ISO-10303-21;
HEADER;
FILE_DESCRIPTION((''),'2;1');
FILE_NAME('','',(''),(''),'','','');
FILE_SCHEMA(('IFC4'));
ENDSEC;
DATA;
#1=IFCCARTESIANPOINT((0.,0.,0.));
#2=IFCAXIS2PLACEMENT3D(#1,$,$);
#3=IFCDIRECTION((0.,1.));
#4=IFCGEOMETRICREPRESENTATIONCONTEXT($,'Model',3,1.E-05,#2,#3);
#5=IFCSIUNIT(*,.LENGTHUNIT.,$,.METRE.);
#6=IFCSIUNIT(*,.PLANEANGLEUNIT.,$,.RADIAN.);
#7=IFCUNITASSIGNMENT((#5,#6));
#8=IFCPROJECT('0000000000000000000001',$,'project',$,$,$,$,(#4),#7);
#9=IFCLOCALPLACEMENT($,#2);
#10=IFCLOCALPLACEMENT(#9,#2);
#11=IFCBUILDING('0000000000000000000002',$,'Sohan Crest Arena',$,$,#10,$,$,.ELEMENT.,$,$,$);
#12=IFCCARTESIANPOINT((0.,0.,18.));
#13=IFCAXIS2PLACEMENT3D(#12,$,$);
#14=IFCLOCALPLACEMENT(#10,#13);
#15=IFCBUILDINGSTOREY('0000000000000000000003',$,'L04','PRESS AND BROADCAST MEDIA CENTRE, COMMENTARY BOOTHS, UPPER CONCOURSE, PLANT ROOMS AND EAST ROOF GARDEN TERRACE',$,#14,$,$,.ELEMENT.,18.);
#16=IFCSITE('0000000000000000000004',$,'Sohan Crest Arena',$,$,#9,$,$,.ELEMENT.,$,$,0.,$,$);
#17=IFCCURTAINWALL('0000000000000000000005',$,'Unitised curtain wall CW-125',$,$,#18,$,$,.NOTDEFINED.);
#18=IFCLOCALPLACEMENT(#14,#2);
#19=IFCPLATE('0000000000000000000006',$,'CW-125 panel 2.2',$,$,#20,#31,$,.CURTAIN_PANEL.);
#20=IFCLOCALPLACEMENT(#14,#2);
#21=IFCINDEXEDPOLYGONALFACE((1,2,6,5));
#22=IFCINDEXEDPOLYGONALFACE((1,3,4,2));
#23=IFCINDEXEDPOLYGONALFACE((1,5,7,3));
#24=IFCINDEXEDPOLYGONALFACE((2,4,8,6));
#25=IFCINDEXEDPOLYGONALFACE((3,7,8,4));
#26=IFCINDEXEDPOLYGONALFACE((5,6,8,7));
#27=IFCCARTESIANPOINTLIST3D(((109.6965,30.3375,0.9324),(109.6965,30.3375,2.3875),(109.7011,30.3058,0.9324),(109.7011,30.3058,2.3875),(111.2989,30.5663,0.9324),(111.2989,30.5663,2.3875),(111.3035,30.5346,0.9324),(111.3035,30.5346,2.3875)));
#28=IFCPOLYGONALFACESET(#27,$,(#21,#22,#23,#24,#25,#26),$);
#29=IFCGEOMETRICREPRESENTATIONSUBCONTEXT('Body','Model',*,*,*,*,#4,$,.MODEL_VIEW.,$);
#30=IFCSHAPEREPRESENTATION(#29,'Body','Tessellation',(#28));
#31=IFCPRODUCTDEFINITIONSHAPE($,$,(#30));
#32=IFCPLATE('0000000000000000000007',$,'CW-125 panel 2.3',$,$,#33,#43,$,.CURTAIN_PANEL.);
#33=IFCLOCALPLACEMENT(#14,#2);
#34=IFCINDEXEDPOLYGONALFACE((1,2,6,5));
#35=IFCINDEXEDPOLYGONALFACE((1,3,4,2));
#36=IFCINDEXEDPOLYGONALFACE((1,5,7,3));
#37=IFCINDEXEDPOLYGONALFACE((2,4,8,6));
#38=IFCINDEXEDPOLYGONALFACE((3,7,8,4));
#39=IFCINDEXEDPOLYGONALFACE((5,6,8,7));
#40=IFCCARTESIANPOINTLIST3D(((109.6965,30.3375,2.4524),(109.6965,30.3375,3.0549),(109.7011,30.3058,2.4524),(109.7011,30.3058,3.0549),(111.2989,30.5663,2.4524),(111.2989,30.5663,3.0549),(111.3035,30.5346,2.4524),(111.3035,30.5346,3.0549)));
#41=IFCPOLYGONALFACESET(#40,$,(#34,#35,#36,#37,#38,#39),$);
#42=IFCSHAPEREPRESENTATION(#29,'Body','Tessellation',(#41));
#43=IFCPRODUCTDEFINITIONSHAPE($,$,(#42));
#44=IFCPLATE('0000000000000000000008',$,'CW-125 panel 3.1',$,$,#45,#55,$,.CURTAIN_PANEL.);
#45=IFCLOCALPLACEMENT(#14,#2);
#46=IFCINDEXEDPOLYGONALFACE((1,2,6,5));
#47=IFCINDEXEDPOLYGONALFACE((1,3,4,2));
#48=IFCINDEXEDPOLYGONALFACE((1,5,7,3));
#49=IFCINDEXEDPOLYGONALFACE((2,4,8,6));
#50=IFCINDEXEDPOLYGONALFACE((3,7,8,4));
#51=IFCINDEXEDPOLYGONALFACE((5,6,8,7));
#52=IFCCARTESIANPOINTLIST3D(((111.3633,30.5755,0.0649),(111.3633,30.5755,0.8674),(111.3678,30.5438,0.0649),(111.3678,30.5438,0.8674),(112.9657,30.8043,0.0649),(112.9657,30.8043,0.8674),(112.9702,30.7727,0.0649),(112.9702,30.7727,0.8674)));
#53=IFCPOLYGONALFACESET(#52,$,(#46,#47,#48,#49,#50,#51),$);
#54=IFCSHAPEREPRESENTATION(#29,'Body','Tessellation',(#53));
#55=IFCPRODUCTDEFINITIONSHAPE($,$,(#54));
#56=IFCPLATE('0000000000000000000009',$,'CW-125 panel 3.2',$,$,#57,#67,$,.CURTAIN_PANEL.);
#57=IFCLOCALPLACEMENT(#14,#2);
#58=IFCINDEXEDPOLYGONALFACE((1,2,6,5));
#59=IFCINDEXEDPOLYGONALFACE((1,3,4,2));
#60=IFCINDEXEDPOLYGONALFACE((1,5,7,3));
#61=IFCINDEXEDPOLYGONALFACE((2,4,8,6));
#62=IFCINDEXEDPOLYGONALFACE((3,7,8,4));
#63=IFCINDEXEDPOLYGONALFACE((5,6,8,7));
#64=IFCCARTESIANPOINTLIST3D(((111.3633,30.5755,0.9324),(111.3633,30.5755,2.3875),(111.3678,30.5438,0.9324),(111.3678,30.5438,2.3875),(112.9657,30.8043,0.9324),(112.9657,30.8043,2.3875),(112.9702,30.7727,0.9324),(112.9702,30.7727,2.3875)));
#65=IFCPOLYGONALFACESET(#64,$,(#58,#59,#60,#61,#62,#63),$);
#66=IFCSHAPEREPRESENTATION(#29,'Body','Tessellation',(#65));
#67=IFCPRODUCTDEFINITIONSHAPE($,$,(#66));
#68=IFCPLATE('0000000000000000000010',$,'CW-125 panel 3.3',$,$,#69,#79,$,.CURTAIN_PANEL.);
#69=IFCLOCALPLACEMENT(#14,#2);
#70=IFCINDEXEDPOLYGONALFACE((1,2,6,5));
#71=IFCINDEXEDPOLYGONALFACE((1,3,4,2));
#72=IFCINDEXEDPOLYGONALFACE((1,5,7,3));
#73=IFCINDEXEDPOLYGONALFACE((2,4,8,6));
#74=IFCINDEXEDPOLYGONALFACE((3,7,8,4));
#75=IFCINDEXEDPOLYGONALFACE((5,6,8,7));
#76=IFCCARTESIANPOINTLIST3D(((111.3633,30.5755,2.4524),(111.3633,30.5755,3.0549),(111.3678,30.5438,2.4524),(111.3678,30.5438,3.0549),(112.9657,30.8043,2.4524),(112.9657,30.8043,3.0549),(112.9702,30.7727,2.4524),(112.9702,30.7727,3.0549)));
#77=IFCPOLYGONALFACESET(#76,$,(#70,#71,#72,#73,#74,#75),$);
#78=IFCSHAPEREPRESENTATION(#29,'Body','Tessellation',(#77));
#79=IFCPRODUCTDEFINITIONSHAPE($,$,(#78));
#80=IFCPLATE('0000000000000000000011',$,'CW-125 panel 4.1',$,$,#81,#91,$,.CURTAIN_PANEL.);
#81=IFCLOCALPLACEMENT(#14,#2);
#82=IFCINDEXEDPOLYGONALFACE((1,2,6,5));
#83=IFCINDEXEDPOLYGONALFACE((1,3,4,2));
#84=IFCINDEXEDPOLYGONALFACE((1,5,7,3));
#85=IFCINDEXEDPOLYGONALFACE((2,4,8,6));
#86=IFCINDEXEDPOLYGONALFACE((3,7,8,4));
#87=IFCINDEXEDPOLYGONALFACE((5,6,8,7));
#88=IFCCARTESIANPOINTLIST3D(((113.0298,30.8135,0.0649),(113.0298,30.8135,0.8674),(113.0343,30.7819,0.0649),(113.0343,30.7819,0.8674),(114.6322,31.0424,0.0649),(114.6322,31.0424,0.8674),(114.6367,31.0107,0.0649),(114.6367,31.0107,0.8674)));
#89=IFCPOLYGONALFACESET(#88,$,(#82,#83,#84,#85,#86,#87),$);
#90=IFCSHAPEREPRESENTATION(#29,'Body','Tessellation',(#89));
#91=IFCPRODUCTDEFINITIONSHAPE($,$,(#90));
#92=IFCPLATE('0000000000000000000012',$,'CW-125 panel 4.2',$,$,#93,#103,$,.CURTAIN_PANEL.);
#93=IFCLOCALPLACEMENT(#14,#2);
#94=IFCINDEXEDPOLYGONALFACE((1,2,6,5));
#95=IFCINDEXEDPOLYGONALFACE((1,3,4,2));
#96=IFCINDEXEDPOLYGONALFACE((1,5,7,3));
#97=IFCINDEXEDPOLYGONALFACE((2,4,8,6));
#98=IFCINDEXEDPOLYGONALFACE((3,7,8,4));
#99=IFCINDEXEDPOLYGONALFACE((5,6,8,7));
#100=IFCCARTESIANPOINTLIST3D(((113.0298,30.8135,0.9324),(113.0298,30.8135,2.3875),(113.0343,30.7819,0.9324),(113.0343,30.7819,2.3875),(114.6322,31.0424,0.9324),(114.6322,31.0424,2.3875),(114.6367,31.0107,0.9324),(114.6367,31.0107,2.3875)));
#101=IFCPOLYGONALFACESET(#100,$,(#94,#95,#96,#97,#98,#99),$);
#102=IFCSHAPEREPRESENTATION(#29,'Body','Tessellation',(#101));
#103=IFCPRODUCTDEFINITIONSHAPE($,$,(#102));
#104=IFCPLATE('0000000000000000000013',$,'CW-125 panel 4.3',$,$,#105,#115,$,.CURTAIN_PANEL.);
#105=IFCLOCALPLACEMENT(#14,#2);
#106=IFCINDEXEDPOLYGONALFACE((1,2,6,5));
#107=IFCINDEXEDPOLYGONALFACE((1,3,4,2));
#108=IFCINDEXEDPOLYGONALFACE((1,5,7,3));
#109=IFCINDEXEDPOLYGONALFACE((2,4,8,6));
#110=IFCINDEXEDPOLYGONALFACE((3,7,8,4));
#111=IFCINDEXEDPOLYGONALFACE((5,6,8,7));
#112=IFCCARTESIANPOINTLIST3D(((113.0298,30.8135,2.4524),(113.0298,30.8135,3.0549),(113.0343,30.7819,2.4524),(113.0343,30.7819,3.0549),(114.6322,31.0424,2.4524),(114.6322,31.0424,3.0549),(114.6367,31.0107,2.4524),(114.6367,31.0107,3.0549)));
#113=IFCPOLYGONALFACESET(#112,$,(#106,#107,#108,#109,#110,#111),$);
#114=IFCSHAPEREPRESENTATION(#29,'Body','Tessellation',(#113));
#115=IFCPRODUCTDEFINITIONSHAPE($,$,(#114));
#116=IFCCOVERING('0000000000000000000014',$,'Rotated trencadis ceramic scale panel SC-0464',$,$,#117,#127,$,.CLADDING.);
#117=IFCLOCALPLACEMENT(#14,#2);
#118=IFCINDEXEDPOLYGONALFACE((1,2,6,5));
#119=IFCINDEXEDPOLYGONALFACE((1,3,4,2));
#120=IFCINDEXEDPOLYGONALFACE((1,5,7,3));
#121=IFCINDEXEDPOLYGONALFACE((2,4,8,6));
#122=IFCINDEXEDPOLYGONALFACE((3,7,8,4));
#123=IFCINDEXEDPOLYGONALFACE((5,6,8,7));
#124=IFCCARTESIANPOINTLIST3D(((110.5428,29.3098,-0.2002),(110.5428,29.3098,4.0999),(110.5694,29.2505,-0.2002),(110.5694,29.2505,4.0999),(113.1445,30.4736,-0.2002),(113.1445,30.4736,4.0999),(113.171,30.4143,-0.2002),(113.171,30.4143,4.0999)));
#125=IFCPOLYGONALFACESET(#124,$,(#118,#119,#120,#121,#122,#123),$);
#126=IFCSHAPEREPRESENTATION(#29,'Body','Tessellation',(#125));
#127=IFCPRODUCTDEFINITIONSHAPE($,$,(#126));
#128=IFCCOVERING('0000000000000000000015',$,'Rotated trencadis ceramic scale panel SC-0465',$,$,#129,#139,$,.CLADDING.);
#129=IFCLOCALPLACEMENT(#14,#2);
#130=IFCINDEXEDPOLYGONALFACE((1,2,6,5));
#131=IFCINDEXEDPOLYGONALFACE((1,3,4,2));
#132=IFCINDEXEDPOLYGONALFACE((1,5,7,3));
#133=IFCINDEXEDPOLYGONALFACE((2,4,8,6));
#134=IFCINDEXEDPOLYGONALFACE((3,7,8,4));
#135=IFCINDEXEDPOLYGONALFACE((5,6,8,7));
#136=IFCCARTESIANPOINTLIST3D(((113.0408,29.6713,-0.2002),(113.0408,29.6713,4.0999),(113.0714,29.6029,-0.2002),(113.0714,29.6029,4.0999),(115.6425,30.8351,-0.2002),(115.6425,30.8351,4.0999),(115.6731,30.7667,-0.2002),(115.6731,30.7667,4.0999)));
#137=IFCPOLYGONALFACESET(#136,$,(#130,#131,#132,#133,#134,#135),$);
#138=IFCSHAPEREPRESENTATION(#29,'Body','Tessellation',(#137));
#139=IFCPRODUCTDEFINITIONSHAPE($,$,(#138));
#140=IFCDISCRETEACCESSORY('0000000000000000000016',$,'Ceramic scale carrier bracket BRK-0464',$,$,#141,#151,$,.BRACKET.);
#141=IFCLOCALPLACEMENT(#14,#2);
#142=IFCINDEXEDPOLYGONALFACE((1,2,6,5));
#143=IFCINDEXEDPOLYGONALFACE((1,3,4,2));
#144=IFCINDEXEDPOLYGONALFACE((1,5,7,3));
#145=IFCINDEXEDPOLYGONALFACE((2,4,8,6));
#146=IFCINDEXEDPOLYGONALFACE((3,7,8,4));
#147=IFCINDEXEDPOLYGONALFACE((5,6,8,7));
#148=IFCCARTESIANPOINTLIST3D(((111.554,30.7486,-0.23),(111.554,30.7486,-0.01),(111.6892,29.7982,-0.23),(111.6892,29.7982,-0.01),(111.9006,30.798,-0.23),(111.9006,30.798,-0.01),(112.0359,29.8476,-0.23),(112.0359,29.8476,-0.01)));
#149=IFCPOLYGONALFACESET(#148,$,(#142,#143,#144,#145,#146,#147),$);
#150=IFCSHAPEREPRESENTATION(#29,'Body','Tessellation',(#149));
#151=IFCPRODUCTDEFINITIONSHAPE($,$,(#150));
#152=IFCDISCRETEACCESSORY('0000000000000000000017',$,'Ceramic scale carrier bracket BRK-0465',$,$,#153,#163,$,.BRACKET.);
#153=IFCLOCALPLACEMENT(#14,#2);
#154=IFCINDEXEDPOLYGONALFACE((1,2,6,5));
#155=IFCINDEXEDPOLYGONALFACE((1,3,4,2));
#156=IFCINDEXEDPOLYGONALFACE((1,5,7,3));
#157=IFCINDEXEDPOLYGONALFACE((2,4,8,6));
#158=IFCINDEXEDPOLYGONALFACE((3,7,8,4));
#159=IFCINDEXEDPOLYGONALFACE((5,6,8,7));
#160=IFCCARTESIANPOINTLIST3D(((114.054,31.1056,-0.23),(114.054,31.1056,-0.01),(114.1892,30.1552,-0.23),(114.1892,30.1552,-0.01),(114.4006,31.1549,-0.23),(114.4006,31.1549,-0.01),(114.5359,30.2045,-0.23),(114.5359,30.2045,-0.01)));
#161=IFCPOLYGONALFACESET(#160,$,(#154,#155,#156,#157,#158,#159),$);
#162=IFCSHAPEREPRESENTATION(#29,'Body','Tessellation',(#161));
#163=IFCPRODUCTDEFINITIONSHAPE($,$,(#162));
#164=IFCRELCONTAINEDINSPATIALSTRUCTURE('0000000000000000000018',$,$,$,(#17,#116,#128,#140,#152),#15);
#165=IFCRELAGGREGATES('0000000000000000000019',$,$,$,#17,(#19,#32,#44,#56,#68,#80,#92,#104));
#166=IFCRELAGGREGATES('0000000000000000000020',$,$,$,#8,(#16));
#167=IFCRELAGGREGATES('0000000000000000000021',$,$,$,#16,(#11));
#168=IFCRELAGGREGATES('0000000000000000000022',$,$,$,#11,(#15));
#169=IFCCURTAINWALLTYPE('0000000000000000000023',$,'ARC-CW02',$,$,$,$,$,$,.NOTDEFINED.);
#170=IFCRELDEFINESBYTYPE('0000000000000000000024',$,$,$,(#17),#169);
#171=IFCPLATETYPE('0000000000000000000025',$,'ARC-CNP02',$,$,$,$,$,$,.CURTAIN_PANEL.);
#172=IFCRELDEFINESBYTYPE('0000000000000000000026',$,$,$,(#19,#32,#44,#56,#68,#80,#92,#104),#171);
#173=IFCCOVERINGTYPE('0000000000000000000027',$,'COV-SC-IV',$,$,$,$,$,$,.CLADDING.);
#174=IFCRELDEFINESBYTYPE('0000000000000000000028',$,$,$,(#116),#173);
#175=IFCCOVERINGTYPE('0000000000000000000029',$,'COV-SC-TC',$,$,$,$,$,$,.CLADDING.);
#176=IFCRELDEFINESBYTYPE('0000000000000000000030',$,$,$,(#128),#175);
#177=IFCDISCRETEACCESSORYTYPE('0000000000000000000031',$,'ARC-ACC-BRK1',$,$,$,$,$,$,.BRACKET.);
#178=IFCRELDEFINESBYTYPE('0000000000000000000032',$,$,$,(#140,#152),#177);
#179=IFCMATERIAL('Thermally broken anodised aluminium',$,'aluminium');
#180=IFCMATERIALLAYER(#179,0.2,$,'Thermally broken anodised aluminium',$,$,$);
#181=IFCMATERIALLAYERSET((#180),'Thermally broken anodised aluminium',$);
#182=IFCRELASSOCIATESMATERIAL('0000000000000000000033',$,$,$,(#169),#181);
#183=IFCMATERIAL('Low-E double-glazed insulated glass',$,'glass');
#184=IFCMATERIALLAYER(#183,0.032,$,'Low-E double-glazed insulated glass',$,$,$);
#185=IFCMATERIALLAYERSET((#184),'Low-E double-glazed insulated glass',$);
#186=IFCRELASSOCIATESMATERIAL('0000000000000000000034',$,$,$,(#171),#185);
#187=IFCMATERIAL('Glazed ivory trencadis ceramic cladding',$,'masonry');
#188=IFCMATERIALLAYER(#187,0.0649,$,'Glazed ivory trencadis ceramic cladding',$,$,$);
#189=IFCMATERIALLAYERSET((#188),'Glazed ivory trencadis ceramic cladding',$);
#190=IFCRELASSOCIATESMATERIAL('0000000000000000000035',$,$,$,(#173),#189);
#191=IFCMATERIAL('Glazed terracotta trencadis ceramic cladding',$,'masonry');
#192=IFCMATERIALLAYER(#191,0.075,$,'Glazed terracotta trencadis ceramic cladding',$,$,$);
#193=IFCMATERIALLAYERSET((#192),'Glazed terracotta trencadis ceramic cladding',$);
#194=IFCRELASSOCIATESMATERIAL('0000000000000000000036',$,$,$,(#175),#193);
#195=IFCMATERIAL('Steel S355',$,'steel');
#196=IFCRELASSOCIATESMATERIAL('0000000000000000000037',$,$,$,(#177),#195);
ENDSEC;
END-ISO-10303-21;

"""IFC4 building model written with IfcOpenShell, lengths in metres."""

from ifc_helpers import new_model, si_unit, direction, frame, origin, origin_2d, place, context, subcontext, project, spatial, rectangle, extrude, material, layer, layer_set, type_object, element, aggregate, save


model = new_model("IFC4")

# Units and contexts
model_context = context("Model", 3, precision=1e-05, world=origin(), true_north=direction((0.0, 1.0)))
body_context = subcontext(model_context, "Body", "Model", "MODEL_VIEW")
ifc_project = project(units=[si_unit("LENGTHUNIT", "METRE"), si_unit("PLANEANGLEUNIT", "RADIAN")], contexts=[model_context])

# Site, building, storey
site_placement = place(None, origin())
site = spatial("IfcSite", under=ifc_project, at=site_placement, Name="Sohan Crest Arena", CompositionType="ELEMENT", RefElevation=0.0)
building_placement = place(site_placement, origin())
building = spatial("IfcBuilding", under=site, at=building_placement, Name="Sohan Crest Arena", CompositionType="ELEMENT")
storey_placement = place(building_placement, frame((0.0, 0.0, 18.0)))
storey = spatial("IfcBuildingStorey", under=building, at=storey_placement, Name="L04", Description="PRESS AND BROADCAST MEDIA CENTRE, COMMENTARY BOOTHS, UPPER CONCOURSE, PLANT ROOMS AND EAST ROOF GARDEN TERRACE", CompositionType="ELEMENT", Elevation=18.0)

# Curtain wall, plates
ifc_material_1 = material(Name="Thermally broken anodised aluminium", Category="aluminium")
ifc_layer_1 = layer(ifc_material_1, 0.2, Name="Thermally broken anodised aluminium")
ifc_layer_set_1 = layer_set([ifc_layer_1], Name="Thermally broken anodised aluminium")
curtain_wall_type = type_object("IfcCurtainWallType", Name="ARC-CW02", PredefinedType="NOTDEFINED", material=ifc_layer_set_1)
curtain_wall_placement = place(storey_placement, origin())
curtain_wall = element("IfcCurtainWall", 1, at=curtain_wall_placement, inside=storey, type_object=curtain_wall_type, Name="Unitised curtain wall CW-125", PredefinedType="NOTDEFINED")
ifc_material_2 = material(Name="Low-E double-glazed insulated glass", Category="glass")
ifc_layer_2 = layer(ifc_material_2, 0.032, Name="Low-E double-glazed insulated glass")
ifc_layer_set_2 = layer_set([ifc_layer_2], Name="Low-E double-glazed insulated glass")
plate_type = type_object("IfcPlateType", Name="ARC-CNP02", PredefinedType="CURTAIN_PANEL", material=ifc_layer_set_2)
plate_1_placement = place(storey_placement, frame((110.5, 30.436, 0.9324), z_axis=(0.0, 0.0, 1.0), x_axis=(0.989957, 0.141366, 0.0)))
plate_1 = element("IfcPlate", 2, at=plate_1_placement, type_object=plate_type, Name="CW-125 panel 2.2", PredefinedType="CURTAIN_PANEL", context=body_context, shape_type="SweptSolid", body=[
    extrude(rectangle(XDim=1.6187, YDim=0.032, at=origin_2d()), origin(), (0.0, 0.0, 1.0), 1.4551),
])
plate_2_placement = place(storey_placement, frame((110.5, 30.436, 2.4524), z_axis=(0.0, 0.0, 1.0), x_axis=(0.989957, 0.141366, 0.0)))
plate_2 = element("IfcPlate", 3, at=plate_2_placement, type_object=plate_type, Name="CW-125 panel 2.3", PredefinedType="CURTAIN_PANEL", context=body_context, shape_type="SweptSolid", body=[
    extrude(rectangle(XDim=1.6187, YDim=0.032, at=origin_2d()), origin(), (0.0, 0.0, 1.0), 0.6025),
])
plate_3_placement = place(storey_placement, frame((112.1667, 30.6741, 0.0649), z_axis=(0.0, 0.0, 1.0), x_axis=(0.989957, 0.141366, 0.0)))
plate_3 = element("IfcPlate", 4, at=plate_3_placement, type_object=plate_type, Name="CW-125 panel 3.1", PredefinedType="CURTAIN_PANEL", context=body_context, shape_type="SweptSolid", body=[
    extrude(rectangle(XDim=1.6187, YDim=0.032, at=origin_2d()), origin(), (0.0, 0.0, 1.0), 0.8025),
])
plate_4_placement = place(storey_placement, frame((112.1667, 30.6741, 0.9324), z_axis=(0.0, 0.0, 1.0), x_axis=(0.989957, 0.141366, 0.0)))
plate_4 = element("IfcPlate", 5, at=plate_4_placement, type_object=plate_type, Name="CW-125 panel 3.2", PredefinedType="CURTAIN_PANEL", context=body_context, shape_type="SweptSolid", body=[
    extrude(rectangle(XDim=1.6187, YDim=0.032, at=origin_2d()), origin(), (0.0, 0.0, 1.0), 1.4551),
])
plate_5_placement = place(storey_placement, frame((112.1667, 30.6741, 2.4524), z_axis=(0.0, 0.0, 1.0), x_axis=(0.989957, 0.141366, 0.0)))
plate_5 = element("IfcPlate", 6, at=plate_5_placement, type_object=plate_type, Name="CW-125 panel 3.3", PredefinedType="CURTAIN_PANEL", context=body_context, shape_type="SweptSolid", body=[
    extrude(rectangle(XDim=1.6187, YDim=0.032, at=origin_2d()), origin(), (0.0, 0.0, 1.0), 0.6025),
])
plate_6_placement = place(storey_placement, frame((113.8333, 30.9121, 0.0649), z_axis=(0.0, 0.0, 1.0), x_axis=(0.989957, 0.141366, 0.0)))
plate_6 = element("IfcPlate", 7, at=plate_6_placement, type_object=plate_type, Name="CW-125 panel 4.1", PredefinedType="CURTAIN_PANEL", context=body_context, shape_type="SweptSolid", body=[
    extrude(rectangle(XDim=1.6187, YDim=0.032, at=origin_2d()), origin(), (0.0, 0.0, 1.0), 0.8025),
])
plate_7_placement = place(storey_placement, frame((113.8333, 30.9121, 0.9324), z_axis=(0.0, 0.0, 1.0), x_axis=(0.989957, 0.141366, 0.0)))
plate_7 = element("IfcPlate", 8, at=plate_7_placement, type_object=plate_type, Name="CW-125 panel 4.2", PredefinedType="CURTAIN_PANEL", context=body_context, shape_type="SweptSolid", body=[
    extrude(rectangle(XDim=1.6187, YDim=0.032, at=origin_2d()), origin(), (0.0, 0.0, 1.0), 1.4551),
])
plate_8_placement = place(storey_placement, frame((113.8333, 30.9121, 2.4524), z_axis=(0.0, 0.0, 1.0), x_axis=(0.989957, 0.141366, 0.0)))
plate_8 = element("IfcPlate", 9, at=plate_8_placement, type_object=plate_type, Name="CW-125 panel 4.3", PredefinedType="CURTAIN_PANEL", context=body_context, shape_type="SweptSolid", body=[
    extrude(rectangle(XDim=1.6187, YDim=0.032, at=origin_2d()), origin(), (0.0, 0.0, 1.0), 0.6025),
])
aggregate(curtain_wall, [plate_1, plate_2, plate_3, plate_4, plate_5, plate_6, plate_7, plate_8])

# Coverings
ifc_material_3 = material(Name="Glazed ivory trencadis ceramic cladding", Category="masonry")
ifc_layer_3 = layer(ifc_material_3, 0.0649, Name="Glazed ivory trencadis ceramic cladding")
ifc_layer_set_3 = layer_set([ifc_layer_3], Name="Glazed ivory trencadis ceramic cladding")
covering_type_1 = type_object("IfcCoveringType", Name="COV-SC-IV", PredefinedType="CLADDING", material=ifc_layer_set_3)
covering_1_placement = place(storey_placement, frame((111.8569, 29.8621, -0.2002), z_axis=(0.0, 0.0, 1.0), x_axis=(0.912834, 0.40833, 0.0)))
element("IfcCovering", 10, at=covering_1_placement, inside=storey, type_object=covering_type_1, Name="Rotated trencadis ceramic scale panel SC-0464", PredefinedType="CLADDING", context=body_context, shape_type="SweptSolid", body=[
    extrude(rectangle(XDim=2.8501, YDim=0.0649, at=origin_2d()), origin(), (0.0, 0.0, 1.0), 4.3),
])
ifc_material_4 = material(Name="Glazed terracotta trencadis ceramic cladding", Category="masonry")
ifc_layer_4 = layer(ifc_material_4, 0.075, Name="Glazed terracotta trencadis ceramic cladding")
ifc_layer_set_4 = layer_set([ifc_layer_4], Name="Glazed terracotta trencadis ceramic cladding")
covering_type_2 = type_object("IfcCoveringType", Name="COV-SC-TC", PredefinedType="CLADDING", material=ifc_layer_set_4)
covering_2_placement = place(storey_placement, frame((114.3569, 30.219, -0.2002), z_axis=(0.0, 0.0, 1.0), x_axis=(0.912834, 0.40833, 0.0)))
element("IfcCovering", 11, at=covering_2_placement, inside=storey, type_object=covering_type_2, Name="Rotated trencadis ceramic scale panel SC-0465", PredefinedType="CLADDING", context=body_context, shape_type="SweptSolid", body=[
    extrude(rectangle(XDim=2.8501, YDim=0.075, at=origin_2d()), origin(), (0.0, 0.0, 1.0), 4.3),
])

# Discrete accessories
ifc_material_5 = material(Name="Steel S355", Category="steel")
discrete_accessory_type = type_object("IfcDiscreteAccessoryType", Name="ARC-ACC-BRK1", PredefinedType="BRACKET", material=ifc_material_5)
for number, where, z_axis, x_axis, name in (
    (12, (111.7949, 30.2981, -0.23), (0.0, 0.0, 1.0), (0.990024, 0.140901, 0.0), "Ceramic scale carrier bracket BRK-0464"),
    (13, (114.2949, 30.655, -0.23), (0.0, 0.0, 1.0), (0.990024, 0.140901, 0.0), "Ceramic scale carrier bracket BRK-0465"),
):
    element("IfcDiscreteAccessory", number, at=place(storey_placement, frame(where, z_axis=z_axis, x_axis=x_axis)), inside=storey, type_object=discrete_accessory_type, Name=name, PredefinedType="BRACKET", context=body_context, shape_type="SweptSolid", body=[
        extrude(rectangle(XDim=0.3501, YDim=0.96, at=origin_2d()), origin(), (0.0, 0.0, 1.0), 0.22),
    ])

save(model, "model.ifc")
